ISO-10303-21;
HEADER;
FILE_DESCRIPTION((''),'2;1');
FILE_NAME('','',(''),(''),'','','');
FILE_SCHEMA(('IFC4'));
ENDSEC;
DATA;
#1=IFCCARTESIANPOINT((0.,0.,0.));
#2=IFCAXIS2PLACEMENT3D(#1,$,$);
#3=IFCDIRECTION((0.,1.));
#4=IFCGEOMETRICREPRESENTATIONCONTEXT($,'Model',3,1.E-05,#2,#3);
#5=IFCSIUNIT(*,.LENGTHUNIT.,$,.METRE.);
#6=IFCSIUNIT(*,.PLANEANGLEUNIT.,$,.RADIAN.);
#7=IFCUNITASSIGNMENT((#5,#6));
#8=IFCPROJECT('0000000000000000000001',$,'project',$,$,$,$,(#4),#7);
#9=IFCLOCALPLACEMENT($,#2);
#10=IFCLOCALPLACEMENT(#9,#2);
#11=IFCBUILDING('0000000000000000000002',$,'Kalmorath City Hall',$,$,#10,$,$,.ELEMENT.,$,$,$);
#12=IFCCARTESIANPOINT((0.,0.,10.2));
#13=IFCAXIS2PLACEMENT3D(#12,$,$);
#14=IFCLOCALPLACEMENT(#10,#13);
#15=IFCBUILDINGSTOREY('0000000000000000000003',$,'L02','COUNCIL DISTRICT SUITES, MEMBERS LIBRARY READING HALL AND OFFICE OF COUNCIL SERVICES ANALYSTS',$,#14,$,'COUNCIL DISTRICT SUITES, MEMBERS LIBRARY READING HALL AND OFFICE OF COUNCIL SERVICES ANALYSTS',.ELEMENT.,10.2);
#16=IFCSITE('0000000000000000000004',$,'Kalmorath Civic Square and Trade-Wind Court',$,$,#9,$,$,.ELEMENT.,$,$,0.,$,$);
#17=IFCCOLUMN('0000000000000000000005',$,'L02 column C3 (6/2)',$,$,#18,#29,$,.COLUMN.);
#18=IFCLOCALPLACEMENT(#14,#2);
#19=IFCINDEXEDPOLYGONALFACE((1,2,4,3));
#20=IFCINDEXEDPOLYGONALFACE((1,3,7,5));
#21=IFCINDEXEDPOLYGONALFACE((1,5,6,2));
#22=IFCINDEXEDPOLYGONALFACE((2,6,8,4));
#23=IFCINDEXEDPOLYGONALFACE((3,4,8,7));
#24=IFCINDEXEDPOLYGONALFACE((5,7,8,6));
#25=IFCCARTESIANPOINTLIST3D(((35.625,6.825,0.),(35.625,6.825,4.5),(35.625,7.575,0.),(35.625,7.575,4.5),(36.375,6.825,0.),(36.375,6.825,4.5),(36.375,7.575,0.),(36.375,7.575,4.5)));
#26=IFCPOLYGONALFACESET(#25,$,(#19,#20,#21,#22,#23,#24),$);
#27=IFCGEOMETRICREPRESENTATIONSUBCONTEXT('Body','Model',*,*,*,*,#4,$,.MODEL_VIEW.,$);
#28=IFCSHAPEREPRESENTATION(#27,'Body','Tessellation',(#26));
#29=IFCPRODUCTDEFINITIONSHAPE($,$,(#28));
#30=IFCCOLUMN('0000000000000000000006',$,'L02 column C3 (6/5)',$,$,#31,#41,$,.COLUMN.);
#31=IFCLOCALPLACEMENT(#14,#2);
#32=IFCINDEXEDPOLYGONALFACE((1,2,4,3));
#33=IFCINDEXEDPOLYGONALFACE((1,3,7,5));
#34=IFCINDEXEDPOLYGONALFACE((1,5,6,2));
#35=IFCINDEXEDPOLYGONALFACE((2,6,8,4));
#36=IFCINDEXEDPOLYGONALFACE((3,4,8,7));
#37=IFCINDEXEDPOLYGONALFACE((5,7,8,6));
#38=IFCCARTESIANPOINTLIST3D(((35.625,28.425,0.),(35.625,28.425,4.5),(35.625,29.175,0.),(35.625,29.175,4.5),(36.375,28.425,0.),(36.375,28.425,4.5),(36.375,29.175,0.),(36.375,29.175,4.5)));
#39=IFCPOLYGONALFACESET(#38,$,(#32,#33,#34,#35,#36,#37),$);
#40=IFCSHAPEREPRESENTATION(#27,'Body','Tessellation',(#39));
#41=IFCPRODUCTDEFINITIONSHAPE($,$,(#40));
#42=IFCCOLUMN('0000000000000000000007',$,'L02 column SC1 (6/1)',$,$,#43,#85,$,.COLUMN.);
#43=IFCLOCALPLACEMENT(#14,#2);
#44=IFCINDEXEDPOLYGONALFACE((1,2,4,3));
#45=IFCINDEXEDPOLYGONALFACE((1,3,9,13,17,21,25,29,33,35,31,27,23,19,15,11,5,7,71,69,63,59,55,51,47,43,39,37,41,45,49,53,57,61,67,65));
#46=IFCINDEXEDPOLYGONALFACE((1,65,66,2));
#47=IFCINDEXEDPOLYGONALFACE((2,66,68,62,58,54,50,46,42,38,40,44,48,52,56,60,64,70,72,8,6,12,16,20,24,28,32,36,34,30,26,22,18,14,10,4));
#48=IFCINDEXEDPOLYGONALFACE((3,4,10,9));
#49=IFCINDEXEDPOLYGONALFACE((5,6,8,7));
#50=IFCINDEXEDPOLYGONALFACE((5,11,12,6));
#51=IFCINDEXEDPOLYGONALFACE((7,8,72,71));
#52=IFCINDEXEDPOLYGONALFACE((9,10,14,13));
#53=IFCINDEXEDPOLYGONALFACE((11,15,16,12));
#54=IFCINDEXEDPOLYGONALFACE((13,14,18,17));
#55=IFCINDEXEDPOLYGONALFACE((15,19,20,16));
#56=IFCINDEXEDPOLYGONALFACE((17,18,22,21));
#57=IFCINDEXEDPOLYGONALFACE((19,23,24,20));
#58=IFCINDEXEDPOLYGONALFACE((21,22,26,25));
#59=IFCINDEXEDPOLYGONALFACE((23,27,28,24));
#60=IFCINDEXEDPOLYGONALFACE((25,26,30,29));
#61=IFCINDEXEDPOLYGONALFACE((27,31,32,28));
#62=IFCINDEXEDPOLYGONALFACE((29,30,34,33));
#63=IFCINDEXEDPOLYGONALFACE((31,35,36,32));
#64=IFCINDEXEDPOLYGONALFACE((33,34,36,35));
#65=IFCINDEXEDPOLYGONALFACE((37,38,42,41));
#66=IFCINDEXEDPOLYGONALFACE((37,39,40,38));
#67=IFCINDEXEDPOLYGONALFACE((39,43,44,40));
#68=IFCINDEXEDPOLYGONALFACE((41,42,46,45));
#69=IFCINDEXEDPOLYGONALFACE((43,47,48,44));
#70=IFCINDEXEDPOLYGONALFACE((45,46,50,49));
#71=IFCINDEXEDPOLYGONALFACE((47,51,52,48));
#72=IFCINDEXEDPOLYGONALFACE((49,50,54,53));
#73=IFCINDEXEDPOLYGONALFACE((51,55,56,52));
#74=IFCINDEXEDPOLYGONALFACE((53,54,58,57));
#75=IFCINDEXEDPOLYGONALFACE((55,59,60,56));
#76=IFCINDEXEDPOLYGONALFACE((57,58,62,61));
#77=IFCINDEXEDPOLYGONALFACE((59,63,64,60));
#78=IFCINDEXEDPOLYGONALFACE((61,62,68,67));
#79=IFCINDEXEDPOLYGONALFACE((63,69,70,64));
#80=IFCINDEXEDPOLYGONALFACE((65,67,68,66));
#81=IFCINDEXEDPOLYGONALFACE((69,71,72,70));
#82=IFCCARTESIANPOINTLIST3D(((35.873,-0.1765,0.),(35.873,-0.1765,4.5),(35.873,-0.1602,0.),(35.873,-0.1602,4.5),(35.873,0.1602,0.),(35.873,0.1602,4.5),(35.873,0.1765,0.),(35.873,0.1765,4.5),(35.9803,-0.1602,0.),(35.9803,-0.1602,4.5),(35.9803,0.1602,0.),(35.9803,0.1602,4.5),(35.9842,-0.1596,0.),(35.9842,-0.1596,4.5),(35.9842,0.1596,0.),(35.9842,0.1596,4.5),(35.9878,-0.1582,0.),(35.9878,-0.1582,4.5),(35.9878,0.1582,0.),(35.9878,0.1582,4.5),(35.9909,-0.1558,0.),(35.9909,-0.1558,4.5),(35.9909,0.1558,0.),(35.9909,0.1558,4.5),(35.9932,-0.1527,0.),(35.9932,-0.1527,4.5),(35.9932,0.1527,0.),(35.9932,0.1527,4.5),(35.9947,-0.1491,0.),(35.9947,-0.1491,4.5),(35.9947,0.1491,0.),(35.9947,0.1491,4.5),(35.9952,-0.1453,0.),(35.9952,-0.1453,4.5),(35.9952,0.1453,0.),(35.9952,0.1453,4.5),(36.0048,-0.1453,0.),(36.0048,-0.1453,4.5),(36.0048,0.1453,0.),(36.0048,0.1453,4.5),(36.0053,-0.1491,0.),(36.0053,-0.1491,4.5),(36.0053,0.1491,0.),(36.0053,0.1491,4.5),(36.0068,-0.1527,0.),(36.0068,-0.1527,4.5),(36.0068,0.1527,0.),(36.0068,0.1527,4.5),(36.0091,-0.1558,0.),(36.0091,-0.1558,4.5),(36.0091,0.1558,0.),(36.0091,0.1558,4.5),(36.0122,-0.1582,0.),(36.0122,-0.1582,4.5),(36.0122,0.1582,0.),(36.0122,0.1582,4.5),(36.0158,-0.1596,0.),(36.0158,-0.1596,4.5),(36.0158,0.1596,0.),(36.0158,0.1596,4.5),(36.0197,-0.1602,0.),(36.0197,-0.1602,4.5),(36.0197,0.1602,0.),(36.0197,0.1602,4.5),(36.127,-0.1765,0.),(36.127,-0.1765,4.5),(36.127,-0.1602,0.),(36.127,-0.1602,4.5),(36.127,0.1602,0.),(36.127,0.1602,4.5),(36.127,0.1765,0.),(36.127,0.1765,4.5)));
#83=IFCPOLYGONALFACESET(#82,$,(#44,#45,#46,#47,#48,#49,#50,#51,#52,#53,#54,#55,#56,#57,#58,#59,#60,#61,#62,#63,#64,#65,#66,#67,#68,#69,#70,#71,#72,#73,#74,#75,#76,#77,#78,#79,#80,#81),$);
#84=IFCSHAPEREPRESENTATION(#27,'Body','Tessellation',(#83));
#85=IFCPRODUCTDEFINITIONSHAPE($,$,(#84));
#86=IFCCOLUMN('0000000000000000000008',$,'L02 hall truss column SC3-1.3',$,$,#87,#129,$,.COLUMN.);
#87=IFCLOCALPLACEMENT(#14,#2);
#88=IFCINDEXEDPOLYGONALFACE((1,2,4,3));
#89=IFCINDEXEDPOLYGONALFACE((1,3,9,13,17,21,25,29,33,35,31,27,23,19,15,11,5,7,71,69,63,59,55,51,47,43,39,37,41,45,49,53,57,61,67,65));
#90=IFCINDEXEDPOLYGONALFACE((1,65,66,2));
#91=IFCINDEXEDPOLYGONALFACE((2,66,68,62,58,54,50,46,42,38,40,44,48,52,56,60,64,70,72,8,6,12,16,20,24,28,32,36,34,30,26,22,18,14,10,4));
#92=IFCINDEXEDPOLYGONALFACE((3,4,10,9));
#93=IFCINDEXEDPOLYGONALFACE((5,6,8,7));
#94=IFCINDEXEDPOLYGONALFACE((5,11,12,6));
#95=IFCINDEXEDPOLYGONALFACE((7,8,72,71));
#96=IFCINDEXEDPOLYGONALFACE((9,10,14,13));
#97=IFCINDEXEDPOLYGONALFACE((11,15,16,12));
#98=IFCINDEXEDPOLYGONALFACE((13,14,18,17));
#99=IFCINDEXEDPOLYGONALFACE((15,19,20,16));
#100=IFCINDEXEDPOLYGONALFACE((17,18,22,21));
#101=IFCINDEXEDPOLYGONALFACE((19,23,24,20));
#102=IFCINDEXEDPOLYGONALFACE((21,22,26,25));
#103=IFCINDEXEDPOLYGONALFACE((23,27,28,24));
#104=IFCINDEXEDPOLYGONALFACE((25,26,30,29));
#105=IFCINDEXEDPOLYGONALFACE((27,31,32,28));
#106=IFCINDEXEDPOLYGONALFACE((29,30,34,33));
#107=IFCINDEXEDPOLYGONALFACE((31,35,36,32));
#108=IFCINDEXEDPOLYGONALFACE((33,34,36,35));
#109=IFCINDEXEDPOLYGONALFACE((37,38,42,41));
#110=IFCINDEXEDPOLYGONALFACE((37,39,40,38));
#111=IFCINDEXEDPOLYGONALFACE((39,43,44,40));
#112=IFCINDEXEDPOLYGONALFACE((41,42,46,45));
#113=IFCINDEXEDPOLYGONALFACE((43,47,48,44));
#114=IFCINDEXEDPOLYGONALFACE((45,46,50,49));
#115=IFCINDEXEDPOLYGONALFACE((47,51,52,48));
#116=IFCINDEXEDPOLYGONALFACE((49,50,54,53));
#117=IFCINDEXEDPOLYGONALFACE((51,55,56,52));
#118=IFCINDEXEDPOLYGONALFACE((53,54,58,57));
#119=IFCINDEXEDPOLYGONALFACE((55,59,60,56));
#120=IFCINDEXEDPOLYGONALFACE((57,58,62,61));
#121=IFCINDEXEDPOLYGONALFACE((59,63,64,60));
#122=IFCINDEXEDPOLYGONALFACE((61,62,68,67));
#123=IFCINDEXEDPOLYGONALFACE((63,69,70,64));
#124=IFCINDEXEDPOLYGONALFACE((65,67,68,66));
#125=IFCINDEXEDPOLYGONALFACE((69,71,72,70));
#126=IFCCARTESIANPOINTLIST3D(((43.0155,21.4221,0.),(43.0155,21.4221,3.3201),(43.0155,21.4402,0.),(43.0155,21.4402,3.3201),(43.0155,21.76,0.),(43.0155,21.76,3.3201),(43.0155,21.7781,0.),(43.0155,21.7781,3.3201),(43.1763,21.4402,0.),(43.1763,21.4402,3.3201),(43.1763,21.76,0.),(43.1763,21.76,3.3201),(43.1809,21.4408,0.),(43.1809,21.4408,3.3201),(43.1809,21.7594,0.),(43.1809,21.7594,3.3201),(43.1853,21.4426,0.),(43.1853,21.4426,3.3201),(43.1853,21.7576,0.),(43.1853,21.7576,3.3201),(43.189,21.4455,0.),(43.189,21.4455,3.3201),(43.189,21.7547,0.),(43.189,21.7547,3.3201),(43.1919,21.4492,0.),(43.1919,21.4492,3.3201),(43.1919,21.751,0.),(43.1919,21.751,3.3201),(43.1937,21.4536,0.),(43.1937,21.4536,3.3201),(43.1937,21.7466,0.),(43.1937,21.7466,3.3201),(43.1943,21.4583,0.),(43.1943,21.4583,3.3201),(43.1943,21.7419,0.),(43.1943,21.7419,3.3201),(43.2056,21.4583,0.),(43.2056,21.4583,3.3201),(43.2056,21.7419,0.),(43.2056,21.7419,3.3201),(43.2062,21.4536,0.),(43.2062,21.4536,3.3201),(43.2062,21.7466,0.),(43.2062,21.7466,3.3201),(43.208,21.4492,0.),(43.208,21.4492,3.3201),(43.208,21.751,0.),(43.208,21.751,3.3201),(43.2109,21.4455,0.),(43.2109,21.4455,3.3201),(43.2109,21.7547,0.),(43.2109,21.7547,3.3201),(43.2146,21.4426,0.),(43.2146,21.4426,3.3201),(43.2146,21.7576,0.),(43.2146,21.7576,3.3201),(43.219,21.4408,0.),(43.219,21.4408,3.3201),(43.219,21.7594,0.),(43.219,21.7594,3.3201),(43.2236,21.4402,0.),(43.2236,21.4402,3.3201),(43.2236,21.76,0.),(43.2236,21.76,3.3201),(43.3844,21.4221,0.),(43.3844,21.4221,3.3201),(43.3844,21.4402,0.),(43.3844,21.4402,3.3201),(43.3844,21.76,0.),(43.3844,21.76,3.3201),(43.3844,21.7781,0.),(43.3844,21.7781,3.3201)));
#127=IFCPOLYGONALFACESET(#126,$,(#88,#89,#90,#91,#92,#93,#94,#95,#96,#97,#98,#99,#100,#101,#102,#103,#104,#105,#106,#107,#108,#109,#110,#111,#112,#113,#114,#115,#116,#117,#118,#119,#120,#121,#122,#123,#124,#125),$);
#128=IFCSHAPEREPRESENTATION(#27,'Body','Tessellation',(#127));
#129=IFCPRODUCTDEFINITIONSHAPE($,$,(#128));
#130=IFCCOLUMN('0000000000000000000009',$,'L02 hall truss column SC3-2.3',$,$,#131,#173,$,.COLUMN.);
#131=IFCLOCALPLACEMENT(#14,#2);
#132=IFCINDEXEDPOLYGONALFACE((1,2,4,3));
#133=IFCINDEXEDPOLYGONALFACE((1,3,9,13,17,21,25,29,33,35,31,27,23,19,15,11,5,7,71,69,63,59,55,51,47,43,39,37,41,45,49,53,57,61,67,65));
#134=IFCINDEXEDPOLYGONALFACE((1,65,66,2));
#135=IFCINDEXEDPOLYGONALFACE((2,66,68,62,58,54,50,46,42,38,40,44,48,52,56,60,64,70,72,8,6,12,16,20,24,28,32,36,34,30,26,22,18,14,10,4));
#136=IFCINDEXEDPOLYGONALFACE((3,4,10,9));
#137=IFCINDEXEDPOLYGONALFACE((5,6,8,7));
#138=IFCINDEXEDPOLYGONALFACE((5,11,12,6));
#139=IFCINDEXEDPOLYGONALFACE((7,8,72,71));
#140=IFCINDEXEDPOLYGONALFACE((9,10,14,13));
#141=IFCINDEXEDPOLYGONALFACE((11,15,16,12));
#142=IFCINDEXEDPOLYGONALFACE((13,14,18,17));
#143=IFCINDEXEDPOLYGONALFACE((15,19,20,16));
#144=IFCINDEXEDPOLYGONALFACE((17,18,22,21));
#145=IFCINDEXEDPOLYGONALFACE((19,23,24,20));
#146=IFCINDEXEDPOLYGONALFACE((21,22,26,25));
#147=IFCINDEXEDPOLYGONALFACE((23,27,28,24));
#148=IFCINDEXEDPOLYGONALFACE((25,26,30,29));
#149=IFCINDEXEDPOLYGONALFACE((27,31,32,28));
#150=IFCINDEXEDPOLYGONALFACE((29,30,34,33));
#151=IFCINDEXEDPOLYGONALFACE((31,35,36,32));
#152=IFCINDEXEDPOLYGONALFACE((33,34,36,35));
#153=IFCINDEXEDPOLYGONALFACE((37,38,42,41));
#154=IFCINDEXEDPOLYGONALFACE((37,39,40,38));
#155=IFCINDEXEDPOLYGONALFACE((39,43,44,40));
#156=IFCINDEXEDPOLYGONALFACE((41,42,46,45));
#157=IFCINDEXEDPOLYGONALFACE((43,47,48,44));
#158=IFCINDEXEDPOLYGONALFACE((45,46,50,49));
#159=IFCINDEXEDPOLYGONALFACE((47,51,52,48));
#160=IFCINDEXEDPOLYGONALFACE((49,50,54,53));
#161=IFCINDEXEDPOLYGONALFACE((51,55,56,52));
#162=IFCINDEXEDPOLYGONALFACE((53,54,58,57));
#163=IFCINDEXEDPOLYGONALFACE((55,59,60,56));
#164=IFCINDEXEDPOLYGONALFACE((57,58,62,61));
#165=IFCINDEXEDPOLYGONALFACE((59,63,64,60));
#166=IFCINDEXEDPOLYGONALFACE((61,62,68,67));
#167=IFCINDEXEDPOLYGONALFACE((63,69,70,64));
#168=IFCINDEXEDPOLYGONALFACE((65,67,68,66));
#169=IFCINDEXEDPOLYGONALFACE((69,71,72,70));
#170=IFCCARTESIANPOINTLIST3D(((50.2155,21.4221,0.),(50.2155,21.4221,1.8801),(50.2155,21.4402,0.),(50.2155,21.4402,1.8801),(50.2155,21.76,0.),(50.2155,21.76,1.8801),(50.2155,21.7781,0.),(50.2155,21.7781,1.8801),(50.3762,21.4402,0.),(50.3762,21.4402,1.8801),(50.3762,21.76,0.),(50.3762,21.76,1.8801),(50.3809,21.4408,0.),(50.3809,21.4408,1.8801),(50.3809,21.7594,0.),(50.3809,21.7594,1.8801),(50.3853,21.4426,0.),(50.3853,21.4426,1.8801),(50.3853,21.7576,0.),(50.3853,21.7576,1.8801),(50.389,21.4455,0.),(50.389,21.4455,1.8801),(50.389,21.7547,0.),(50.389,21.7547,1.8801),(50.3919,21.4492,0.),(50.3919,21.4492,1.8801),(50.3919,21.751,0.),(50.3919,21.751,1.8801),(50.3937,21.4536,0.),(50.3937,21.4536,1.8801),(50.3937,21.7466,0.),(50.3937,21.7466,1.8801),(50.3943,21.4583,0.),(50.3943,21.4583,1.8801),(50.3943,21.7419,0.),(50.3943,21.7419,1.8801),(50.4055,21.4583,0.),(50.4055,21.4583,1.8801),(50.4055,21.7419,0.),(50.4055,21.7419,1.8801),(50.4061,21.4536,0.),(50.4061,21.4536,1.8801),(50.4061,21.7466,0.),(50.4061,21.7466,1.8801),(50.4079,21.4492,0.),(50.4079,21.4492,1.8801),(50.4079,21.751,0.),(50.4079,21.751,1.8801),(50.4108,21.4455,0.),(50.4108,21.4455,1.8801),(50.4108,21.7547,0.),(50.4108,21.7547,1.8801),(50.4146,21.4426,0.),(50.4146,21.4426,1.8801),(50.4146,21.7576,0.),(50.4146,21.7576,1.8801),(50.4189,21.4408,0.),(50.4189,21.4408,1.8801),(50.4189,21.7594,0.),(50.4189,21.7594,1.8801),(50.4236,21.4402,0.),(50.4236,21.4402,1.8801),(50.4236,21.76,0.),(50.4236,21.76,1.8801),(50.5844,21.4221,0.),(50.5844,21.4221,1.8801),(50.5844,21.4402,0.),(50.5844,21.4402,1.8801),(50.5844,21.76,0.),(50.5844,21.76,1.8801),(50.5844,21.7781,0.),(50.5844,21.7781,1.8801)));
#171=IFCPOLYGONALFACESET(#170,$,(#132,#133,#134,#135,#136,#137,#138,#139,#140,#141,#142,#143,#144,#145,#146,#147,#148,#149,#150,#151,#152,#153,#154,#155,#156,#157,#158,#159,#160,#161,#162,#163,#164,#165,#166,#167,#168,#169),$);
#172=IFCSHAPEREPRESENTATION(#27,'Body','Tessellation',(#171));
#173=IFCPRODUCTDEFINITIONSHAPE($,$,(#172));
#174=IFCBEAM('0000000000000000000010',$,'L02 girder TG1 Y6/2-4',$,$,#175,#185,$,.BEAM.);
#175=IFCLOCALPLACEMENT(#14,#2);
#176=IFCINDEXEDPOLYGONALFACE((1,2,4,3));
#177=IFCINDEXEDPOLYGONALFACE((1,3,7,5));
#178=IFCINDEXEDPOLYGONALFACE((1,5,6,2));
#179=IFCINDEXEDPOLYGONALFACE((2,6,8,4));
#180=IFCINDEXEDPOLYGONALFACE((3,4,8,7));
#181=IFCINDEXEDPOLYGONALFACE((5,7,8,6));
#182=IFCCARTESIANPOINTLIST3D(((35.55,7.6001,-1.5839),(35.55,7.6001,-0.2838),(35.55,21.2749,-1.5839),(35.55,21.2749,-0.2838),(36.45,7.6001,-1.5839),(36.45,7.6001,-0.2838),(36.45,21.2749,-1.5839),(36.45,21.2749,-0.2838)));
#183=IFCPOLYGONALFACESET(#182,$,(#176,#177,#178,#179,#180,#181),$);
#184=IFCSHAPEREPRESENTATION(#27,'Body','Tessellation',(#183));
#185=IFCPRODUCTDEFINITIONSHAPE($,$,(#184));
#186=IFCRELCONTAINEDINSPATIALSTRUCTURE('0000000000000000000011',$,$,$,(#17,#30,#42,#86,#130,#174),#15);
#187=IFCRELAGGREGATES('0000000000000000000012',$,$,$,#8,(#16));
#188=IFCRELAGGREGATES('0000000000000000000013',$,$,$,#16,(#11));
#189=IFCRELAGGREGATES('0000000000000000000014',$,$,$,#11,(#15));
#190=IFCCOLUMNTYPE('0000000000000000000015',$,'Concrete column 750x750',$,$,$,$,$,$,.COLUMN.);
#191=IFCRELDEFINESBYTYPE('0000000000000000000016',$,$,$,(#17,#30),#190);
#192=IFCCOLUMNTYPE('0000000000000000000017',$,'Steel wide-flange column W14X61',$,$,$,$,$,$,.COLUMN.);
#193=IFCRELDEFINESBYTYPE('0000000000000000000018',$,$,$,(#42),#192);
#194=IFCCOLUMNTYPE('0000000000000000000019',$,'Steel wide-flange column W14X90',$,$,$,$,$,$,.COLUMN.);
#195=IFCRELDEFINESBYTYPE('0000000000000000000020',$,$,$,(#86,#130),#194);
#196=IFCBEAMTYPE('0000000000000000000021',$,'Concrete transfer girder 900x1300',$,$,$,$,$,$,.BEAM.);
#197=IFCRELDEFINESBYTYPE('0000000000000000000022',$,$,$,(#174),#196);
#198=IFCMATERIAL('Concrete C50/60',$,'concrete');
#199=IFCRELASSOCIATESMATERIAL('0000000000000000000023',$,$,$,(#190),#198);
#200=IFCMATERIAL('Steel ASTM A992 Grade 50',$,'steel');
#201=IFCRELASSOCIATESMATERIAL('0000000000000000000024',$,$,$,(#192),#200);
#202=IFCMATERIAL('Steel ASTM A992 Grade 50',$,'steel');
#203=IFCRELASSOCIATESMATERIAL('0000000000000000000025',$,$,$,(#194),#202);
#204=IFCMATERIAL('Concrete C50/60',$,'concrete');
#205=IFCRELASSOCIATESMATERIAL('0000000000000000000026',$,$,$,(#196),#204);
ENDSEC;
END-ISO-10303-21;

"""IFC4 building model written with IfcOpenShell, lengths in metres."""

from ifc_helpers import new_model, si_unit, direction, frame, origin, origin_2d, place, context, subcontext, project, spatial, rectangle, i_section, extrude, material, material_profile, profile_set, type_object, element, save


model = new_model("IFC4")

# Units and contexts
model_context = context("Model", 3, precision=1e-05, world=origin(), true_north=direction((0.0, 1.0)))
body_context = subcontext(model_context, "Body", "Model", "MODEL_VIEW")
ifc_project = project(units=[si_unit("LENGTHUNIT", "METRE"), si_unit("PLANEANGLEUNIT", "RADIAN")], contexts=[model_context])

# Site, building, storey
site_placement = place(None, origin())
site = spatial("IfcSite", under=ifc_project, at=site_placement, Name="Kalmorath Civic Square and Trade-Wind Court", CompositionType="ELEMENT", RefElevation=0.0)
building_placement = place(site_placement, origin())
building = spatial("IfcBuilding", under=site, at=building_placement, Name="Kalmorath City Hall", CompositionType="ELEMENT")
storey_placement = place(building_placement, frame((0.0, 0.0, 10.2)))
storey = spatial("IfcBuildingStorey", under=building, at=storey_placement, Name="L02", Description="COUNCIL DISTRICT SUITES, MEMBERS LIBRARY READING HALL AND OFFICE OF COUNCIL SERVICES ANALYSTS", LongName="COUNCIL DISTRICT SUITES, MEMBERS LIBRARY READING HALL AND OFFICE OF COUNCIL SERVICES ANALYSTS", CompositionType="ELEMENT", Elevation=10.2)

# Columns
ifc_material_1 = material(Name="Concrete C50/60", Category="concrete")
ifc_material_profile_1 = material_profile(ifc_material_1, rectangle(XDim=0.75, YDim=0.75, at=origin_2d()), Name="RC-COL-750X750")
ifc_profile_set_1 = profile_set([ifc_material_profile_1], Name="Concrete C50/60")
column_type_1 = type_object("IfcColumnType", Name="Concrete column 750x750", PredefinedType="COLUMN", material=ifc_profile_set_1)
for number, where, z_axis, x_axis, name in (
    (1, (36.0, 7.2, 0.0), (0.0, 0.0, 1.0), (1.0, 0.0, 0.0), "L02 column C3 (6/2)"),
    (2, (36.0, 28.8, 0.0), (0.0, 0.0, 1.0), (1.0, 0.0, 0.0), "L02 column C3 (6/5)"),
):
    element("IfcColumn", number, at=place(storey_placement, frame(where, z_axis=z_axis, x_axis=x_axis)), inside=storey, type_object=column_type_1, Name=name, PredefinedType="COLUMN", context=body_context, shape_type="SweptSolid", body=[
        extrude(rectangle(XDim=0.75, YDim=0.75, at=origin_2d()), origin(), (0.0, 0.0, 1.0), 4.5),
    ])
ifc_material_2 = material(Name="Steel ASTM A992 Grade 50", Category="steel")
ifc_material_profile_2 = material_profile(ifc_material_2, i_section(OverallWidth=0.2539, OverallDepth=0.353, WebThickness=0.0095, FlangeThickness=0.0164, FilletRadius=0.0149, at=origin_2d()), Name="W14X61")
ifc_profile_set_2 = profile_set([ifc_material_profile_2], Name="Steel ASTM A992 Grade 50")
column_type_2 = type_object("IfcColumnType", Name="Steel wide-flange column W14X61", PredefinedType="COLUMN", material=ifc_profile_set_2)
column_1_placement = place(storey_placement, frame((36.0, 0.0, 0.0), z_axis=(0.0, 0.0, 1.0), x_axis=(1.0, 0.0, 0.0)))
element("IfcColumn", 3, at=column_1_placement, inside=storey, type_object=column_type_2, Name="L02 column SC1 (6/1)", PredefinedType="COLUMN", context=body_context, shape_type="SweptSolid", body=[
    extrude(i_section(OverallWidth=0.2539, OverallDepth=0.353, WebThickness=0.0095, FlangeThickness=0.0164, FilletRadius=0.0149, at=origin_2d()), origin(), (0.0, 0.0, 1.0), 4.5),
])
ifc_material_3 = material(Name="Steel ASTM A992 Grade 50", Category="steel")
ifc_material_profile_3 = material_profile(ifc_material_3, i_section(OverallWidth=0.3689, OverallDepth=0.356, WebThickness=0.0112, FlangeThickness=0.0181, FilletRadius=0.0181, at=origin_2d()), Name="W14X90")
ifc_profile_set_3 = profile_set([ifc_material_profile_3], Name="Steel ASTM A992 Grade 50")
column_type_3 = type_object("IfcColumnType", Name="Steel wide-flange column W14X90", PredefinedType="COLUMN", material=ifc_profile_set_3)
column_2_placement = place(storey_placement, frame((43.2, 21.6001, 0.0), z_axis=(0.0, 0.0, 1.0), x_axis=(1.0, 0.0, 0.0)))
element("IfcColumn", 4, at=column_2_placement, inside=storey, type_object=column_type_3, Name="L02 hall truss column SC3-1.3", PredefinedType="COLUMN", context=body_context, shape_type="SweptSolid", body=[
    extrude(i_section(OverallWidth=0.3689, OverallDepth=0.356, WebThickness=0.0112, FlangeThickness=0.0181, FilletRadius=0.0181, at=origin_2d()), origin(), (0.0, 0.0, 1.0), 3.3201),
])
column_3_placement = place(storey_placement, frame((50.3999, 21.6001, 0.0), z_axis=(0.0, 0.0, 1.0), x_axis=(1.0, 0.0, 0.0)))
element("IfcColumn", 5, at=column_3_placement, inside=storey, type_object=column_type_3, Name="L02 hall truss column SC3-2.3", PredefinedType="COLUMN", context=body_context, shape_type="SweptSolid", body=[
    extrude(i_section(OverallWidth=0.3689, OverallDepth=0.356, WebThickness=0.0112, FlangeThickness=0.0181, FilletRadius=0.0181, at=origin_2d()), origin(), (0.0, 0.0, 1.0), 1.8801),
])

# Beam
ifc_material_4 = material(Name="Concrete C50/60", Category="concrete")
ifc_material_profile_4 = material_profile(ifc_material_4, rectangle(XDim=0.8999, YDim=1.3, at=origin_2d()), Name="RC-TG-900X1300")
ifc_profile_set_4 = profile_set([ifc_material_profile_4], Name="Concrete C50/60")
beam_type_1 = type_object("IfcBeamType", Name="Concrete transfer girder 900x1300", PredefinedType="BEAM", material=ifc_profile_set_4)
beam_1_placement = place(storey_placement, frame((36.0, 7.6001, -0.9338), z_axis=(0.0, 1.0, 0.0), x_axis=(-1.0, 0.0, 0.0)))
element("IfcBeam", 6, at=beam_1_placement, inside=storey, type_object=beam_type_1, Name="L02 girder TG1 Y6/2-4", PredefinedType="BEAM", context=body_context, shape_type="SweptSolid", body=[
    extrude(rectangle(XDim=0.8999, YDim=1.3, at=origin_2d()), origin(), (0.0, 0.0, 1.0), 13.6748),
])

save(model, "model.ifc")
